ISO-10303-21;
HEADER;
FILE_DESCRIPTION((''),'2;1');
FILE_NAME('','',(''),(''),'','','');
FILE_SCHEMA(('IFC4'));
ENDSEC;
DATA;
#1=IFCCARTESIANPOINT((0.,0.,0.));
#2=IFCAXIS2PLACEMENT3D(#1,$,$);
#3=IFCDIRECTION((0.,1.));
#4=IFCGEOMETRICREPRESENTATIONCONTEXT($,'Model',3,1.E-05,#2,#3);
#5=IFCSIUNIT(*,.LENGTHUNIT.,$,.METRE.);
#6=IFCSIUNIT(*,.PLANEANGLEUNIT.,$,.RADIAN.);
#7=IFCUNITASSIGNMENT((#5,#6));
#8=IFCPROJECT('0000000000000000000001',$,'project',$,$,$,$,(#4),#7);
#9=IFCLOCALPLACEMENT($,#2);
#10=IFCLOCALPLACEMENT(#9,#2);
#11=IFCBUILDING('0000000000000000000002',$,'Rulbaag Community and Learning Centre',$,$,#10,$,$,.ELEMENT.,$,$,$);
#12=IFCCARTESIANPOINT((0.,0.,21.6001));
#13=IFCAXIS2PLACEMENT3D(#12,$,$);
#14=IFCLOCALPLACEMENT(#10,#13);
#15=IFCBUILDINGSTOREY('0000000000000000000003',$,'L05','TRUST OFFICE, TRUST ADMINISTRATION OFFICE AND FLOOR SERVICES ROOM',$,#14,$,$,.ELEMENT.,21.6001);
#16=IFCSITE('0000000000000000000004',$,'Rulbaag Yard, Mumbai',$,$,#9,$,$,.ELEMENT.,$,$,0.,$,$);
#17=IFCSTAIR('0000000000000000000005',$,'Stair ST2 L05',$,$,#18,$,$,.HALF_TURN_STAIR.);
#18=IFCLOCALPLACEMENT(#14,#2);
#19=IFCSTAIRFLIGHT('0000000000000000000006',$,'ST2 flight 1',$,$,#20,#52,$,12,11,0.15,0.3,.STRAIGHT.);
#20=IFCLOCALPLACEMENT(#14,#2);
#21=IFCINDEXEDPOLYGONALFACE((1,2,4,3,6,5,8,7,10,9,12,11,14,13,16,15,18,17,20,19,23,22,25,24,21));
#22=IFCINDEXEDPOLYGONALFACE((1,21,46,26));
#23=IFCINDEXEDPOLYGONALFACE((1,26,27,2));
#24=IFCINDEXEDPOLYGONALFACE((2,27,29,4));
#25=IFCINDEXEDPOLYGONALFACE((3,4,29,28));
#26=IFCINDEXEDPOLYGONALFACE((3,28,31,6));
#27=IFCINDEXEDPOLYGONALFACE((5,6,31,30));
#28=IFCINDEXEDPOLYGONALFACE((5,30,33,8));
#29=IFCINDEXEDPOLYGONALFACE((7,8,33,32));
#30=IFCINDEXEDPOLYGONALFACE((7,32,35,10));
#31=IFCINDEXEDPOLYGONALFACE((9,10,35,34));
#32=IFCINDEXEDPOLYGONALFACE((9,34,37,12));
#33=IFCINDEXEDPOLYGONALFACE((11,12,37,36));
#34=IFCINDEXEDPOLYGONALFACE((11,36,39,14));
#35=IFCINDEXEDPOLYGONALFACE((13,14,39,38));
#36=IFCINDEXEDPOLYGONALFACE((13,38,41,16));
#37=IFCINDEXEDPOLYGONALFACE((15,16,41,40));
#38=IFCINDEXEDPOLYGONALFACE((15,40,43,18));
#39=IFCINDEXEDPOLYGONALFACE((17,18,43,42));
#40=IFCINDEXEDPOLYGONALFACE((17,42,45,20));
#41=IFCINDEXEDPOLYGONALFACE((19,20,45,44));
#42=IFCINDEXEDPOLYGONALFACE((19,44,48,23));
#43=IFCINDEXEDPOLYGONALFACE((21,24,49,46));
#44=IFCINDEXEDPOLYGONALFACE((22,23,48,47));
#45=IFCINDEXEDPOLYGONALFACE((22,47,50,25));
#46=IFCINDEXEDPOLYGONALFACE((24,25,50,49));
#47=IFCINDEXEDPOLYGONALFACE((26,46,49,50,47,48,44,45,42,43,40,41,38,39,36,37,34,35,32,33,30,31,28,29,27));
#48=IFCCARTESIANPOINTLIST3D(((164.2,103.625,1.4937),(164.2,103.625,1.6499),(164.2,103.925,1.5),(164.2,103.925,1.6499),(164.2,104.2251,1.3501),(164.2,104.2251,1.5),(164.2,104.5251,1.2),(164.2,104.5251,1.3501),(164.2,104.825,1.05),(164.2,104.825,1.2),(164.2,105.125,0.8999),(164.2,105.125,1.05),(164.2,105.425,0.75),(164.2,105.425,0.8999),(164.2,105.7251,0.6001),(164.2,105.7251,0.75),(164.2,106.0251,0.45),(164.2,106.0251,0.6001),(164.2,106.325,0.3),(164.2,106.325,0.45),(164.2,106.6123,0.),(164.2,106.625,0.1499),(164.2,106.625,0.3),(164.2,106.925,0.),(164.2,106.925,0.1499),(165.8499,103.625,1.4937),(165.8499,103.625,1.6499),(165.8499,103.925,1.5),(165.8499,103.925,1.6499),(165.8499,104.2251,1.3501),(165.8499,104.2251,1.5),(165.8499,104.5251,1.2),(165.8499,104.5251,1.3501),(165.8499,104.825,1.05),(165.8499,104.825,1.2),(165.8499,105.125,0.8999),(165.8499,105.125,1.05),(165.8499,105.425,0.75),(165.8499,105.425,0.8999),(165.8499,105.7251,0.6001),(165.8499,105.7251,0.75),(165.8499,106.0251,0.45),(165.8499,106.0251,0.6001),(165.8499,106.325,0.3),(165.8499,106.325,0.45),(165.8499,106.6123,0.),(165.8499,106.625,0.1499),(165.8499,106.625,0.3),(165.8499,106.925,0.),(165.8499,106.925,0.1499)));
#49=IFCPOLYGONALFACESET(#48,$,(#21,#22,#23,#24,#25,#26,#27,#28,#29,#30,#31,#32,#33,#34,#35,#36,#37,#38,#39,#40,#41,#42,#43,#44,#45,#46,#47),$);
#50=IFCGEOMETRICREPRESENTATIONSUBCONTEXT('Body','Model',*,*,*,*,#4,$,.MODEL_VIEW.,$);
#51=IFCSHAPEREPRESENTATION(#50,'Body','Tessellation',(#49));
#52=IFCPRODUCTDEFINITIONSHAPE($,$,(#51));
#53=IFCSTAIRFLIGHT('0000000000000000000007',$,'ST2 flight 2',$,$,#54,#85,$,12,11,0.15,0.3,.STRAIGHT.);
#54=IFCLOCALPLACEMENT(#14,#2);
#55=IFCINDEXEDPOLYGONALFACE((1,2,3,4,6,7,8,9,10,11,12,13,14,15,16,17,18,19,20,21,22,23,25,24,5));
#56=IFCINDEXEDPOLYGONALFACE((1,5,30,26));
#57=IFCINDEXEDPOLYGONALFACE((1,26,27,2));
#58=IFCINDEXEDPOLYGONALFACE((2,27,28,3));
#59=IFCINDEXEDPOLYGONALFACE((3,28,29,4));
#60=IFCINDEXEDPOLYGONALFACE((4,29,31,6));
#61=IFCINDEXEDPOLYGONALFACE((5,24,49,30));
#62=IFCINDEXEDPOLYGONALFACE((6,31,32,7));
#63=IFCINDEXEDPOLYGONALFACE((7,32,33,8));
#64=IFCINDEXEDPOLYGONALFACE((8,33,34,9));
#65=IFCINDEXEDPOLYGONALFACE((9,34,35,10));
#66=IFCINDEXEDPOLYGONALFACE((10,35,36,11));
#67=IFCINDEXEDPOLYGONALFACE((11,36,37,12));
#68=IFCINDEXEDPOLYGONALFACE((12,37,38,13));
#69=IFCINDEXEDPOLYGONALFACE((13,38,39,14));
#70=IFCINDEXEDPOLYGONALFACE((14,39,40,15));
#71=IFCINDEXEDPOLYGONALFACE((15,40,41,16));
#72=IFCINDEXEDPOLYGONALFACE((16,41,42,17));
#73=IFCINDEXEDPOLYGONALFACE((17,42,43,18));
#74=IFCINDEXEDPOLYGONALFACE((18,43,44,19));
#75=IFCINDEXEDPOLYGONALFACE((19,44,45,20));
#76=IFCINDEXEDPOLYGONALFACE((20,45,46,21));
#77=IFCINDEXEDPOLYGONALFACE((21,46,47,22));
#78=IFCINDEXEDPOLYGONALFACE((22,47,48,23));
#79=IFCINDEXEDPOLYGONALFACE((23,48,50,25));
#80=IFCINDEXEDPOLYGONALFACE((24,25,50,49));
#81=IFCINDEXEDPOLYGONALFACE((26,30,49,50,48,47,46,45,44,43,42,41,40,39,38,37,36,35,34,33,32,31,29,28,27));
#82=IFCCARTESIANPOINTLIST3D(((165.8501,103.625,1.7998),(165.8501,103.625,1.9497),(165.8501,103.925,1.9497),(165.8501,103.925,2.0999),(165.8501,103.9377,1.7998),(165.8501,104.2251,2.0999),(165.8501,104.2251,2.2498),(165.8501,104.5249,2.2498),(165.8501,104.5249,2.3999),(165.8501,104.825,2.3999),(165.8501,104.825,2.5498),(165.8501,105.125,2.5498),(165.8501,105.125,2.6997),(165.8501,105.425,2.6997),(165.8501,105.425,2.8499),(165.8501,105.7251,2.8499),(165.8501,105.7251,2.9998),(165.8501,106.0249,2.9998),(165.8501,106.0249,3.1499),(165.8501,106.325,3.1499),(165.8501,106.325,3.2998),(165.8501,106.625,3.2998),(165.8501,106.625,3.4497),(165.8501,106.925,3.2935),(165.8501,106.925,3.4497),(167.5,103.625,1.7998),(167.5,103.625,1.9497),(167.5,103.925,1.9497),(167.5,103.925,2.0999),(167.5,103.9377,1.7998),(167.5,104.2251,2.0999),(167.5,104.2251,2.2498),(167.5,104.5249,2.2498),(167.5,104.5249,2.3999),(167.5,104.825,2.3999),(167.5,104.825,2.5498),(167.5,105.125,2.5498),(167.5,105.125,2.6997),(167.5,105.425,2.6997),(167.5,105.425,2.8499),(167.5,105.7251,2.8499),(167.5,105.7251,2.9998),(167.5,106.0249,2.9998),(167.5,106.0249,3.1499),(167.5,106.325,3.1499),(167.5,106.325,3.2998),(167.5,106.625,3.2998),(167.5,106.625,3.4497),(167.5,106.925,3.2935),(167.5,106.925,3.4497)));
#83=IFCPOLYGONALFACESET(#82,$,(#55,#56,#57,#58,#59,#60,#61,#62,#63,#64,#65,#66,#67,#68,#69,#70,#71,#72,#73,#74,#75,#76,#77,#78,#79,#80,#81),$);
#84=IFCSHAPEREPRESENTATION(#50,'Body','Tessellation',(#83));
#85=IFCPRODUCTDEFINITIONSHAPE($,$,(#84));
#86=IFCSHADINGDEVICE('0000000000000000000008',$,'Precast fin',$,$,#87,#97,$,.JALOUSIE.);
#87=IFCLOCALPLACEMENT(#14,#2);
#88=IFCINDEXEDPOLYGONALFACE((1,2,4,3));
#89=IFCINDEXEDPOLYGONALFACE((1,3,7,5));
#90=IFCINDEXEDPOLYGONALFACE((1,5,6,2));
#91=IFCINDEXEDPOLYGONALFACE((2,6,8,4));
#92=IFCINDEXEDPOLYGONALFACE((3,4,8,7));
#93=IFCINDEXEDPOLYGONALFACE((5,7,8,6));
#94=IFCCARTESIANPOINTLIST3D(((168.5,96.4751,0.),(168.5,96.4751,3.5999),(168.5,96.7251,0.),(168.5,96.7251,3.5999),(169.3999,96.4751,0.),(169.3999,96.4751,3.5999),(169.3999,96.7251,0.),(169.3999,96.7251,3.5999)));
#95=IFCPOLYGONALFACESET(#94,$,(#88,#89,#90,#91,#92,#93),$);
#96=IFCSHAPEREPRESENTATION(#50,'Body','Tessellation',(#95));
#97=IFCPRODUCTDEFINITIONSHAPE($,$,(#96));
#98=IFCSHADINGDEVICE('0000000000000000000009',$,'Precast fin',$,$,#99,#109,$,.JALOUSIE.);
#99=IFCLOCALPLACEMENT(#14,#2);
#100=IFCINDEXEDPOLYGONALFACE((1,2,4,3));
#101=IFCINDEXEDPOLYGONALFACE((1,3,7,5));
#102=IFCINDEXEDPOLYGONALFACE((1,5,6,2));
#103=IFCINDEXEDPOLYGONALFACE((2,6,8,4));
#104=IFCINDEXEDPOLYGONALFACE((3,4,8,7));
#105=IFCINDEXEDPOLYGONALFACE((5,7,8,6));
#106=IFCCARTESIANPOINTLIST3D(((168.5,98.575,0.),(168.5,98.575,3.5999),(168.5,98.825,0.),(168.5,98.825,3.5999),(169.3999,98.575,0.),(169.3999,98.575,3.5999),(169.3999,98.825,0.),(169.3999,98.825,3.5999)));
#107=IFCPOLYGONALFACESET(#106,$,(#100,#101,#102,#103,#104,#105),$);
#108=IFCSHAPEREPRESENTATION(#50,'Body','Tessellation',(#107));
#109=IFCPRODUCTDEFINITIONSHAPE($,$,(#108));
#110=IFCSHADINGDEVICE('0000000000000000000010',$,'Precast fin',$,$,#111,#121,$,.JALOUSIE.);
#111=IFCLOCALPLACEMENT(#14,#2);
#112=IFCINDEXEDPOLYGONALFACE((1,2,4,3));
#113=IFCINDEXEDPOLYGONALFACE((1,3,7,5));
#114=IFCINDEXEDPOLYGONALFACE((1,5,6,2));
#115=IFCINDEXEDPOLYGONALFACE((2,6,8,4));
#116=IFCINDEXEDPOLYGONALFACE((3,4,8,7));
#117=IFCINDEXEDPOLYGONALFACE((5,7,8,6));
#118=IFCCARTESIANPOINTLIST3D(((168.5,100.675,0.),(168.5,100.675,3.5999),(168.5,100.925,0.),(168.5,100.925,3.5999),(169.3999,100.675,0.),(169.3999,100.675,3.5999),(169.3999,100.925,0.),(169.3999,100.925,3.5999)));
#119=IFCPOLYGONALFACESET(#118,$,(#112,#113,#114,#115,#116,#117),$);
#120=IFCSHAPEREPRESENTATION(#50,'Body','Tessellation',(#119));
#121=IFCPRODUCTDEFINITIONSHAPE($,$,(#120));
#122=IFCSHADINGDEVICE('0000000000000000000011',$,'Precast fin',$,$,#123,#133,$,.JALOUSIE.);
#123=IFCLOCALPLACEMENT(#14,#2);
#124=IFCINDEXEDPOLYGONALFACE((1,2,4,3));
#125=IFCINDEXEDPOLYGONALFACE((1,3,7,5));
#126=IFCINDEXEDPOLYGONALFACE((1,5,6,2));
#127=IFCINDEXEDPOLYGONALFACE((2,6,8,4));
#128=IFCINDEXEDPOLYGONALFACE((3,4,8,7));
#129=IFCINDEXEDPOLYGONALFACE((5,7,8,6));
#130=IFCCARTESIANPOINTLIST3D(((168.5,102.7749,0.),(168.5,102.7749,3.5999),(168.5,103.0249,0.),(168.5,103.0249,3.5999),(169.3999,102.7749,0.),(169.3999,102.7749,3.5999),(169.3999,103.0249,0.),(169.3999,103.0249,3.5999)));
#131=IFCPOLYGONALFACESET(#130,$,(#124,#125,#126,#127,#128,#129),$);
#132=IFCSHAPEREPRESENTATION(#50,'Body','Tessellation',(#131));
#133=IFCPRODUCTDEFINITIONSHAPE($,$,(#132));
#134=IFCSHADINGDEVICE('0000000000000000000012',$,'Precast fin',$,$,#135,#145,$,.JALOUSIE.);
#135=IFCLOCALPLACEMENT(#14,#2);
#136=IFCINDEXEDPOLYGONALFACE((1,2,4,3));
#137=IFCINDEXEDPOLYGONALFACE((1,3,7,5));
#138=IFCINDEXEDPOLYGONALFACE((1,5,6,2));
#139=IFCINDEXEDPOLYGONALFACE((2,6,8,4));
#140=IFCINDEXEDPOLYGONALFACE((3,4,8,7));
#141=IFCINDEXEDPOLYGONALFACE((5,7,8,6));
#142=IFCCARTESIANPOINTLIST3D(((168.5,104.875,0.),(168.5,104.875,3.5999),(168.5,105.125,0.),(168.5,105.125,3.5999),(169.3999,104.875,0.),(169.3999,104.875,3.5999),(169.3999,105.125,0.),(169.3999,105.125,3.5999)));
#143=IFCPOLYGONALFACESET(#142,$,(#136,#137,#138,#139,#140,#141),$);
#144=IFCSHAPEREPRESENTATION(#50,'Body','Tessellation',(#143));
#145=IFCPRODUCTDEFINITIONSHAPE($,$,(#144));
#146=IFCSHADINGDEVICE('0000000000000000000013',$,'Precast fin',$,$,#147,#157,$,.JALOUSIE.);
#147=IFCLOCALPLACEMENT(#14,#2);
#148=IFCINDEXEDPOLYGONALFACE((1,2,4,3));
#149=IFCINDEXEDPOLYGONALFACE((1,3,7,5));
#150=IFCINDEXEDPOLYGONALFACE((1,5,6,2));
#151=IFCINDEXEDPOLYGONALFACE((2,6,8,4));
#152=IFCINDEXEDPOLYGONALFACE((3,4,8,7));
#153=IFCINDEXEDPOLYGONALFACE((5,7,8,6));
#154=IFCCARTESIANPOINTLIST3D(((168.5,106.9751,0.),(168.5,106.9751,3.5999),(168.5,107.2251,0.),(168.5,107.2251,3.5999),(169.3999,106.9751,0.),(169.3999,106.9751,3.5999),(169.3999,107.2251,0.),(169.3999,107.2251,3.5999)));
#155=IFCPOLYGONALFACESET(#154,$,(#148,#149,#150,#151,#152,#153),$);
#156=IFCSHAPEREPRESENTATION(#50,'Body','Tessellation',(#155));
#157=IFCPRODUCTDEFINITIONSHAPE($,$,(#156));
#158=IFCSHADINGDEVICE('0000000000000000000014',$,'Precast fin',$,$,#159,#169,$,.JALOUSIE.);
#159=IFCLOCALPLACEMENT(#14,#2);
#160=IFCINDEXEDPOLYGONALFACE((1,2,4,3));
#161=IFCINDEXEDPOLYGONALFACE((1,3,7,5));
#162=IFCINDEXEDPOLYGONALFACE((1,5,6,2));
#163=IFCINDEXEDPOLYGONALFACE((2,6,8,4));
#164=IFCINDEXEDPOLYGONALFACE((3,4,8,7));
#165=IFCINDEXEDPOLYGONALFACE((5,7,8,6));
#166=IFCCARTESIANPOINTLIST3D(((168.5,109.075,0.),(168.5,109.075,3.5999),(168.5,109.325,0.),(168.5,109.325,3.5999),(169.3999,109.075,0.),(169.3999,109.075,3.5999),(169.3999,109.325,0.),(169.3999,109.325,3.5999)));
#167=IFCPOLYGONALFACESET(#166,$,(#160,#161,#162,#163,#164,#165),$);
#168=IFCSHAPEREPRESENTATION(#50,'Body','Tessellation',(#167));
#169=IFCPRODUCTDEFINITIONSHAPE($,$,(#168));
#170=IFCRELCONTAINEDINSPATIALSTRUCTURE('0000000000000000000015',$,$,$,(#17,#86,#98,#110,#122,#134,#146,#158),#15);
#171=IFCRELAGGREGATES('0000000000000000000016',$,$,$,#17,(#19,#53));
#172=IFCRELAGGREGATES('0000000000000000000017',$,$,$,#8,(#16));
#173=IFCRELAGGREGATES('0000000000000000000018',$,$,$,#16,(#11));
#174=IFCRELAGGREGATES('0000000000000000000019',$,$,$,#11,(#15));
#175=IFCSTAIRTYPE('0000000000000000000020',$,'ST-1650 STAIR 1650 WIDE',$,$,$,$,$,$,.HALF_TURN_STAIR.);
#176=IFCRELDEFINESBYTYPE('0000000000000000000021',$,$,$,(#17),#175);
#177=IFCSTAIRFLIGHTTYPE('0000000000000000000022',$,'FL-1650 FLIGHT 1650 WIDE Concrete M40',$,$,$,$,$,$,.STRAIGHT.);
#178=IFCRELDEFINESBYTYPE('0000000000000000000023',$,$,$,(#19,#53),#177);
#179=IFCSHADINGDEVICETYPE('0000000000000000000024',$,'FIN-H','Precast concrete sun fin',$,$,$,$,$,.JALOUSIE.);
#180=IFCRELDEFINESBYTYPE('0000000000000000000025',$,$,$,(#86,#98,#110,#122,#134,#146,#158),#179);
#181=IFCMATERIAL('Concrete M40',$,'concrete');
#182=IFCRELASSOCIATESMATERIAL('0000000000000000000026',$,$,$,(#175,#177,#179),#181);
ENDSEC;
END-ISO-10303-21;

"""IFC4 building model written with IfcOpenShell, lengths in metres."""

from ifc_helpers import new_model, si_unit, direction, frame, origin, origin_2d, place, context, subcontext, project, spatial, polyline, rectangle, outline, extrude, material, material_profile, profile_set, type_object, element, aggregate, save


model = new_model("IFC4")

# Units and contexts
model_context = context("Model", 3, precision=1e-05, world=origin(), true_north=direction((0.0, 1.0)))
body_context = subcontext(model_context, "Body", "Model", "MODEL_VIEW")
ifc_project = project(units=[si_unit("LENGTHUNIT", "METRE"), si_unit("PLANEANGLEUNIT", "RADIAN")], contexts=[model_context])

# Site, building, storey
site_placement = place(None, origin())
site = spatial("IfcSite", under=ifc_project, at=site_placement, Name="Rulbaag Yard, Mumbai", CompositionType="ELEMENT", RefElevation=0.0)
building_placement = place(site_placement, origin())
building = spatial("IfcBuilding", under=site, at=building_placement, Name="Rulbaag Community and Learning Centre", CompositionType="ELEMENT")
storey_placement = place(building_placement, frame((0.0, 0.0, 21.6001)))
storey = spatial("IfcBuildingStorey", under=building, at=storey_placement, Name="L05", Description="TRUST OFFICE, TRUST ADMINISTRATION OFFICE AND FLOOR SERVICES ROOM", CompositionType="ELEMENT", Elevation=21.6001)

# Shared definitions
ifc_material_1 = material(Name="Concrete M40", Category="concrete")

# Stair, stair flights
stair_type = type_object("IfcStairType", Name="ST-1650 STAIR 1650 WIDE", PredefinedType="HALF_TURN_STAIR", material=ifc_material_1)
stair_placement = place(storey_placement, origin())
stair = element("IfcStair", 1, at=stair_placement, inside=storey, type_object=stair_type, Name="Stair ST2 L05", PredefinedType="HALF_TURN_STAIR")
stair_flight_type = type_object("IfcStairFlightType", Name="FL-1650 FLIGHT 1650 WIDE Concrete M40", PredefinedType="STRAIGHT", material=ifc_material_1)
stair_flight_1_placement = place(storey_placement, frame((165.0249, 106.925, 0.0), z_axis=(0.0, 0.0, 1.0), x_axis=(0.0, -1.0, 0.0)))
stair_flight_1 = element("IfcStairFlight", 2, at=stair_flight_1_placement, type_object=stair_flight_type, Name="ST2 flight 1", NumberOfRisers=12, NumberOfTreads=11, PredefinedType="STRAIGHT", RiserHeight=0.15, TreadLength=0.3, context=body_context, shape_type="SweptSolid", body=[
    extrude(outline(polyline([(0.0, 0.0), (0.0, 0.1499), (0.3, 0.1499), (0.3, 0.3), (0.6001, 0.3), (0.6001, 0.45), (0.8999, 0.45), (0.8999, 0.6001), (1.2, 0.6001), (1.2, 0.75), (1.5, 0.75), (1.5, 0.8999), (1.8, 0.8999), (1.8, 1.05), (2.1001, 1.05), (2.1001, 1.2), (2.3999, 1.2), (2.3999, 1.3501), (2.7, 1.3501), (2.7, 1.5), (3.0, 1.5), (3.0, 1.6499), (3.3, 1.6499), (3.3, 1.4937), (0.3127, 0.0), (0.0, 0.0)])), frame((0.0, 0.825, 0.0), z_axis=(0.0, -1.0, 0.0), x_axis=(1.0, 0.0, 0.0)), (0.0, 0.0, 1.0), 1.6499),
])
stair_flight_2_placement = place(storey_placement, frame((166.675, 103.625, 1.7998), z_axis=(0.0, 0.0, 1.0), x_axis=(0.0, 1.0, 0.0)))
stair_flight_2 = element("IfcStairFlight", 3, at=stair_flight_2_placement, type_object=stair_flight_type, Name="ST2 flight 2", NumberOfRisers=12, NumberOfTreads=11, PredefinedType="STRAIGHT", RiserHeight=0.15, TreadLength=0.3, context=body_context, shape_type="SweptSolid", body=[
    extrude(outline(polyline([(0.0, 0.0), (0.0, 0.1499), (0.3, 0.1499), (0.3, 0.3), (0.6001, 0.3), (0.6001, 0.45), (0.8999, 0.45), (0.8999, 0.6001), (1.2, 0.6001), (1.2, 0.75), (1.5, 0.75), (1.5, 0.8999), (1.8, 0.8999), (1.8, 1.05), (2.1001, 1.05), (2.1001, 1.2), (2.3999, 1.2), (2.3999, 1.3501), (2.7, 1.3501), (2.7, 1.5), (3.0, 1.5), (3.0, 1.6499), (3.3, 1.6499), (3.3, 1.4937), (0.3127, 0.0), (0.0, 0.0)])), frame((0.0, 0.825, 0.0), z_axis=(0.0, -1.0, 0.0), x_axis=(1.0, 0.0, 0.0)), (0.0, 0.0, 1.0), 1.6499),
])
aggregate(stair, [stair_flight_1, stair_flight_2])

# Shading devices
ifc_material_profile_1 = material_profile(ifc_material_1, rectangle(XDim=0.25, YDim=0.8999, at=origin_2d()), Name="PC 250x900")
ifc_profile_set_1 = profile_set([ifc_material_profile_1], Name="Concrete M40")
shading_device_type = type_object("IfcShadingDeviceType", Name="FIN-H", Description="Precast concrete sun fin", PredefinedType="JALOUSIE", material=ifc_profile_set_1)
for number, where, z_axis, x_axis, name in (
    (4, (168.95, 96.6001, 0.0), (0.0, 0.0, 1.0), (0.0, 1.0, 0.0), "Precast fin"),
    (5, (168.95, 98.7, 0.0), (0.0, 0.0, 1.0), (0.0, 1.0, 0.0), "Precast fin"),
    (6, (168.95, 100.8, 0.0), (0.0, 0.0, 1.0), (0.0, 1.0, 0.0), "Precast fin"),
    (7, (168.95, 102.8999, 0.0), (0.0, 0.0, 1.0), (0.0, 1.0, 0.0), "Precast fin"),
    (8, (168.95, 105.0, 0.0), (0.0, 0.0, 1.0), (0.0, 1.0, 0.0), "Precast fin"),
    (9, (168.95, 107.1001, 0.0), (0.0, 0.0, 1.0), (0.0, 1.0, 0.0), "Precast fin"),
    (10, (168.95, 109.2, 0.0), (0.0, 0.0, 1.0), (0.0, 1.0, 0.0), "Precast fin"),
):
    element("IfcShadingDevice", number, at=place(storey_placement, frame(where, z_axis=z_axis, x_axis=x_axis)), inside=storey, type_object=shading_device_type, Name=name, PredefinedType="JALOUSIE", context=body_context, shape_type="SweptSolid", body=[
        extrude(rectangle(XDim=0.25, YDim=0.8999, at=origin_2d()), origin(), (0.0, 0.0, 1.0), 3.5999),
    ])

save(model, "model.ifc")
